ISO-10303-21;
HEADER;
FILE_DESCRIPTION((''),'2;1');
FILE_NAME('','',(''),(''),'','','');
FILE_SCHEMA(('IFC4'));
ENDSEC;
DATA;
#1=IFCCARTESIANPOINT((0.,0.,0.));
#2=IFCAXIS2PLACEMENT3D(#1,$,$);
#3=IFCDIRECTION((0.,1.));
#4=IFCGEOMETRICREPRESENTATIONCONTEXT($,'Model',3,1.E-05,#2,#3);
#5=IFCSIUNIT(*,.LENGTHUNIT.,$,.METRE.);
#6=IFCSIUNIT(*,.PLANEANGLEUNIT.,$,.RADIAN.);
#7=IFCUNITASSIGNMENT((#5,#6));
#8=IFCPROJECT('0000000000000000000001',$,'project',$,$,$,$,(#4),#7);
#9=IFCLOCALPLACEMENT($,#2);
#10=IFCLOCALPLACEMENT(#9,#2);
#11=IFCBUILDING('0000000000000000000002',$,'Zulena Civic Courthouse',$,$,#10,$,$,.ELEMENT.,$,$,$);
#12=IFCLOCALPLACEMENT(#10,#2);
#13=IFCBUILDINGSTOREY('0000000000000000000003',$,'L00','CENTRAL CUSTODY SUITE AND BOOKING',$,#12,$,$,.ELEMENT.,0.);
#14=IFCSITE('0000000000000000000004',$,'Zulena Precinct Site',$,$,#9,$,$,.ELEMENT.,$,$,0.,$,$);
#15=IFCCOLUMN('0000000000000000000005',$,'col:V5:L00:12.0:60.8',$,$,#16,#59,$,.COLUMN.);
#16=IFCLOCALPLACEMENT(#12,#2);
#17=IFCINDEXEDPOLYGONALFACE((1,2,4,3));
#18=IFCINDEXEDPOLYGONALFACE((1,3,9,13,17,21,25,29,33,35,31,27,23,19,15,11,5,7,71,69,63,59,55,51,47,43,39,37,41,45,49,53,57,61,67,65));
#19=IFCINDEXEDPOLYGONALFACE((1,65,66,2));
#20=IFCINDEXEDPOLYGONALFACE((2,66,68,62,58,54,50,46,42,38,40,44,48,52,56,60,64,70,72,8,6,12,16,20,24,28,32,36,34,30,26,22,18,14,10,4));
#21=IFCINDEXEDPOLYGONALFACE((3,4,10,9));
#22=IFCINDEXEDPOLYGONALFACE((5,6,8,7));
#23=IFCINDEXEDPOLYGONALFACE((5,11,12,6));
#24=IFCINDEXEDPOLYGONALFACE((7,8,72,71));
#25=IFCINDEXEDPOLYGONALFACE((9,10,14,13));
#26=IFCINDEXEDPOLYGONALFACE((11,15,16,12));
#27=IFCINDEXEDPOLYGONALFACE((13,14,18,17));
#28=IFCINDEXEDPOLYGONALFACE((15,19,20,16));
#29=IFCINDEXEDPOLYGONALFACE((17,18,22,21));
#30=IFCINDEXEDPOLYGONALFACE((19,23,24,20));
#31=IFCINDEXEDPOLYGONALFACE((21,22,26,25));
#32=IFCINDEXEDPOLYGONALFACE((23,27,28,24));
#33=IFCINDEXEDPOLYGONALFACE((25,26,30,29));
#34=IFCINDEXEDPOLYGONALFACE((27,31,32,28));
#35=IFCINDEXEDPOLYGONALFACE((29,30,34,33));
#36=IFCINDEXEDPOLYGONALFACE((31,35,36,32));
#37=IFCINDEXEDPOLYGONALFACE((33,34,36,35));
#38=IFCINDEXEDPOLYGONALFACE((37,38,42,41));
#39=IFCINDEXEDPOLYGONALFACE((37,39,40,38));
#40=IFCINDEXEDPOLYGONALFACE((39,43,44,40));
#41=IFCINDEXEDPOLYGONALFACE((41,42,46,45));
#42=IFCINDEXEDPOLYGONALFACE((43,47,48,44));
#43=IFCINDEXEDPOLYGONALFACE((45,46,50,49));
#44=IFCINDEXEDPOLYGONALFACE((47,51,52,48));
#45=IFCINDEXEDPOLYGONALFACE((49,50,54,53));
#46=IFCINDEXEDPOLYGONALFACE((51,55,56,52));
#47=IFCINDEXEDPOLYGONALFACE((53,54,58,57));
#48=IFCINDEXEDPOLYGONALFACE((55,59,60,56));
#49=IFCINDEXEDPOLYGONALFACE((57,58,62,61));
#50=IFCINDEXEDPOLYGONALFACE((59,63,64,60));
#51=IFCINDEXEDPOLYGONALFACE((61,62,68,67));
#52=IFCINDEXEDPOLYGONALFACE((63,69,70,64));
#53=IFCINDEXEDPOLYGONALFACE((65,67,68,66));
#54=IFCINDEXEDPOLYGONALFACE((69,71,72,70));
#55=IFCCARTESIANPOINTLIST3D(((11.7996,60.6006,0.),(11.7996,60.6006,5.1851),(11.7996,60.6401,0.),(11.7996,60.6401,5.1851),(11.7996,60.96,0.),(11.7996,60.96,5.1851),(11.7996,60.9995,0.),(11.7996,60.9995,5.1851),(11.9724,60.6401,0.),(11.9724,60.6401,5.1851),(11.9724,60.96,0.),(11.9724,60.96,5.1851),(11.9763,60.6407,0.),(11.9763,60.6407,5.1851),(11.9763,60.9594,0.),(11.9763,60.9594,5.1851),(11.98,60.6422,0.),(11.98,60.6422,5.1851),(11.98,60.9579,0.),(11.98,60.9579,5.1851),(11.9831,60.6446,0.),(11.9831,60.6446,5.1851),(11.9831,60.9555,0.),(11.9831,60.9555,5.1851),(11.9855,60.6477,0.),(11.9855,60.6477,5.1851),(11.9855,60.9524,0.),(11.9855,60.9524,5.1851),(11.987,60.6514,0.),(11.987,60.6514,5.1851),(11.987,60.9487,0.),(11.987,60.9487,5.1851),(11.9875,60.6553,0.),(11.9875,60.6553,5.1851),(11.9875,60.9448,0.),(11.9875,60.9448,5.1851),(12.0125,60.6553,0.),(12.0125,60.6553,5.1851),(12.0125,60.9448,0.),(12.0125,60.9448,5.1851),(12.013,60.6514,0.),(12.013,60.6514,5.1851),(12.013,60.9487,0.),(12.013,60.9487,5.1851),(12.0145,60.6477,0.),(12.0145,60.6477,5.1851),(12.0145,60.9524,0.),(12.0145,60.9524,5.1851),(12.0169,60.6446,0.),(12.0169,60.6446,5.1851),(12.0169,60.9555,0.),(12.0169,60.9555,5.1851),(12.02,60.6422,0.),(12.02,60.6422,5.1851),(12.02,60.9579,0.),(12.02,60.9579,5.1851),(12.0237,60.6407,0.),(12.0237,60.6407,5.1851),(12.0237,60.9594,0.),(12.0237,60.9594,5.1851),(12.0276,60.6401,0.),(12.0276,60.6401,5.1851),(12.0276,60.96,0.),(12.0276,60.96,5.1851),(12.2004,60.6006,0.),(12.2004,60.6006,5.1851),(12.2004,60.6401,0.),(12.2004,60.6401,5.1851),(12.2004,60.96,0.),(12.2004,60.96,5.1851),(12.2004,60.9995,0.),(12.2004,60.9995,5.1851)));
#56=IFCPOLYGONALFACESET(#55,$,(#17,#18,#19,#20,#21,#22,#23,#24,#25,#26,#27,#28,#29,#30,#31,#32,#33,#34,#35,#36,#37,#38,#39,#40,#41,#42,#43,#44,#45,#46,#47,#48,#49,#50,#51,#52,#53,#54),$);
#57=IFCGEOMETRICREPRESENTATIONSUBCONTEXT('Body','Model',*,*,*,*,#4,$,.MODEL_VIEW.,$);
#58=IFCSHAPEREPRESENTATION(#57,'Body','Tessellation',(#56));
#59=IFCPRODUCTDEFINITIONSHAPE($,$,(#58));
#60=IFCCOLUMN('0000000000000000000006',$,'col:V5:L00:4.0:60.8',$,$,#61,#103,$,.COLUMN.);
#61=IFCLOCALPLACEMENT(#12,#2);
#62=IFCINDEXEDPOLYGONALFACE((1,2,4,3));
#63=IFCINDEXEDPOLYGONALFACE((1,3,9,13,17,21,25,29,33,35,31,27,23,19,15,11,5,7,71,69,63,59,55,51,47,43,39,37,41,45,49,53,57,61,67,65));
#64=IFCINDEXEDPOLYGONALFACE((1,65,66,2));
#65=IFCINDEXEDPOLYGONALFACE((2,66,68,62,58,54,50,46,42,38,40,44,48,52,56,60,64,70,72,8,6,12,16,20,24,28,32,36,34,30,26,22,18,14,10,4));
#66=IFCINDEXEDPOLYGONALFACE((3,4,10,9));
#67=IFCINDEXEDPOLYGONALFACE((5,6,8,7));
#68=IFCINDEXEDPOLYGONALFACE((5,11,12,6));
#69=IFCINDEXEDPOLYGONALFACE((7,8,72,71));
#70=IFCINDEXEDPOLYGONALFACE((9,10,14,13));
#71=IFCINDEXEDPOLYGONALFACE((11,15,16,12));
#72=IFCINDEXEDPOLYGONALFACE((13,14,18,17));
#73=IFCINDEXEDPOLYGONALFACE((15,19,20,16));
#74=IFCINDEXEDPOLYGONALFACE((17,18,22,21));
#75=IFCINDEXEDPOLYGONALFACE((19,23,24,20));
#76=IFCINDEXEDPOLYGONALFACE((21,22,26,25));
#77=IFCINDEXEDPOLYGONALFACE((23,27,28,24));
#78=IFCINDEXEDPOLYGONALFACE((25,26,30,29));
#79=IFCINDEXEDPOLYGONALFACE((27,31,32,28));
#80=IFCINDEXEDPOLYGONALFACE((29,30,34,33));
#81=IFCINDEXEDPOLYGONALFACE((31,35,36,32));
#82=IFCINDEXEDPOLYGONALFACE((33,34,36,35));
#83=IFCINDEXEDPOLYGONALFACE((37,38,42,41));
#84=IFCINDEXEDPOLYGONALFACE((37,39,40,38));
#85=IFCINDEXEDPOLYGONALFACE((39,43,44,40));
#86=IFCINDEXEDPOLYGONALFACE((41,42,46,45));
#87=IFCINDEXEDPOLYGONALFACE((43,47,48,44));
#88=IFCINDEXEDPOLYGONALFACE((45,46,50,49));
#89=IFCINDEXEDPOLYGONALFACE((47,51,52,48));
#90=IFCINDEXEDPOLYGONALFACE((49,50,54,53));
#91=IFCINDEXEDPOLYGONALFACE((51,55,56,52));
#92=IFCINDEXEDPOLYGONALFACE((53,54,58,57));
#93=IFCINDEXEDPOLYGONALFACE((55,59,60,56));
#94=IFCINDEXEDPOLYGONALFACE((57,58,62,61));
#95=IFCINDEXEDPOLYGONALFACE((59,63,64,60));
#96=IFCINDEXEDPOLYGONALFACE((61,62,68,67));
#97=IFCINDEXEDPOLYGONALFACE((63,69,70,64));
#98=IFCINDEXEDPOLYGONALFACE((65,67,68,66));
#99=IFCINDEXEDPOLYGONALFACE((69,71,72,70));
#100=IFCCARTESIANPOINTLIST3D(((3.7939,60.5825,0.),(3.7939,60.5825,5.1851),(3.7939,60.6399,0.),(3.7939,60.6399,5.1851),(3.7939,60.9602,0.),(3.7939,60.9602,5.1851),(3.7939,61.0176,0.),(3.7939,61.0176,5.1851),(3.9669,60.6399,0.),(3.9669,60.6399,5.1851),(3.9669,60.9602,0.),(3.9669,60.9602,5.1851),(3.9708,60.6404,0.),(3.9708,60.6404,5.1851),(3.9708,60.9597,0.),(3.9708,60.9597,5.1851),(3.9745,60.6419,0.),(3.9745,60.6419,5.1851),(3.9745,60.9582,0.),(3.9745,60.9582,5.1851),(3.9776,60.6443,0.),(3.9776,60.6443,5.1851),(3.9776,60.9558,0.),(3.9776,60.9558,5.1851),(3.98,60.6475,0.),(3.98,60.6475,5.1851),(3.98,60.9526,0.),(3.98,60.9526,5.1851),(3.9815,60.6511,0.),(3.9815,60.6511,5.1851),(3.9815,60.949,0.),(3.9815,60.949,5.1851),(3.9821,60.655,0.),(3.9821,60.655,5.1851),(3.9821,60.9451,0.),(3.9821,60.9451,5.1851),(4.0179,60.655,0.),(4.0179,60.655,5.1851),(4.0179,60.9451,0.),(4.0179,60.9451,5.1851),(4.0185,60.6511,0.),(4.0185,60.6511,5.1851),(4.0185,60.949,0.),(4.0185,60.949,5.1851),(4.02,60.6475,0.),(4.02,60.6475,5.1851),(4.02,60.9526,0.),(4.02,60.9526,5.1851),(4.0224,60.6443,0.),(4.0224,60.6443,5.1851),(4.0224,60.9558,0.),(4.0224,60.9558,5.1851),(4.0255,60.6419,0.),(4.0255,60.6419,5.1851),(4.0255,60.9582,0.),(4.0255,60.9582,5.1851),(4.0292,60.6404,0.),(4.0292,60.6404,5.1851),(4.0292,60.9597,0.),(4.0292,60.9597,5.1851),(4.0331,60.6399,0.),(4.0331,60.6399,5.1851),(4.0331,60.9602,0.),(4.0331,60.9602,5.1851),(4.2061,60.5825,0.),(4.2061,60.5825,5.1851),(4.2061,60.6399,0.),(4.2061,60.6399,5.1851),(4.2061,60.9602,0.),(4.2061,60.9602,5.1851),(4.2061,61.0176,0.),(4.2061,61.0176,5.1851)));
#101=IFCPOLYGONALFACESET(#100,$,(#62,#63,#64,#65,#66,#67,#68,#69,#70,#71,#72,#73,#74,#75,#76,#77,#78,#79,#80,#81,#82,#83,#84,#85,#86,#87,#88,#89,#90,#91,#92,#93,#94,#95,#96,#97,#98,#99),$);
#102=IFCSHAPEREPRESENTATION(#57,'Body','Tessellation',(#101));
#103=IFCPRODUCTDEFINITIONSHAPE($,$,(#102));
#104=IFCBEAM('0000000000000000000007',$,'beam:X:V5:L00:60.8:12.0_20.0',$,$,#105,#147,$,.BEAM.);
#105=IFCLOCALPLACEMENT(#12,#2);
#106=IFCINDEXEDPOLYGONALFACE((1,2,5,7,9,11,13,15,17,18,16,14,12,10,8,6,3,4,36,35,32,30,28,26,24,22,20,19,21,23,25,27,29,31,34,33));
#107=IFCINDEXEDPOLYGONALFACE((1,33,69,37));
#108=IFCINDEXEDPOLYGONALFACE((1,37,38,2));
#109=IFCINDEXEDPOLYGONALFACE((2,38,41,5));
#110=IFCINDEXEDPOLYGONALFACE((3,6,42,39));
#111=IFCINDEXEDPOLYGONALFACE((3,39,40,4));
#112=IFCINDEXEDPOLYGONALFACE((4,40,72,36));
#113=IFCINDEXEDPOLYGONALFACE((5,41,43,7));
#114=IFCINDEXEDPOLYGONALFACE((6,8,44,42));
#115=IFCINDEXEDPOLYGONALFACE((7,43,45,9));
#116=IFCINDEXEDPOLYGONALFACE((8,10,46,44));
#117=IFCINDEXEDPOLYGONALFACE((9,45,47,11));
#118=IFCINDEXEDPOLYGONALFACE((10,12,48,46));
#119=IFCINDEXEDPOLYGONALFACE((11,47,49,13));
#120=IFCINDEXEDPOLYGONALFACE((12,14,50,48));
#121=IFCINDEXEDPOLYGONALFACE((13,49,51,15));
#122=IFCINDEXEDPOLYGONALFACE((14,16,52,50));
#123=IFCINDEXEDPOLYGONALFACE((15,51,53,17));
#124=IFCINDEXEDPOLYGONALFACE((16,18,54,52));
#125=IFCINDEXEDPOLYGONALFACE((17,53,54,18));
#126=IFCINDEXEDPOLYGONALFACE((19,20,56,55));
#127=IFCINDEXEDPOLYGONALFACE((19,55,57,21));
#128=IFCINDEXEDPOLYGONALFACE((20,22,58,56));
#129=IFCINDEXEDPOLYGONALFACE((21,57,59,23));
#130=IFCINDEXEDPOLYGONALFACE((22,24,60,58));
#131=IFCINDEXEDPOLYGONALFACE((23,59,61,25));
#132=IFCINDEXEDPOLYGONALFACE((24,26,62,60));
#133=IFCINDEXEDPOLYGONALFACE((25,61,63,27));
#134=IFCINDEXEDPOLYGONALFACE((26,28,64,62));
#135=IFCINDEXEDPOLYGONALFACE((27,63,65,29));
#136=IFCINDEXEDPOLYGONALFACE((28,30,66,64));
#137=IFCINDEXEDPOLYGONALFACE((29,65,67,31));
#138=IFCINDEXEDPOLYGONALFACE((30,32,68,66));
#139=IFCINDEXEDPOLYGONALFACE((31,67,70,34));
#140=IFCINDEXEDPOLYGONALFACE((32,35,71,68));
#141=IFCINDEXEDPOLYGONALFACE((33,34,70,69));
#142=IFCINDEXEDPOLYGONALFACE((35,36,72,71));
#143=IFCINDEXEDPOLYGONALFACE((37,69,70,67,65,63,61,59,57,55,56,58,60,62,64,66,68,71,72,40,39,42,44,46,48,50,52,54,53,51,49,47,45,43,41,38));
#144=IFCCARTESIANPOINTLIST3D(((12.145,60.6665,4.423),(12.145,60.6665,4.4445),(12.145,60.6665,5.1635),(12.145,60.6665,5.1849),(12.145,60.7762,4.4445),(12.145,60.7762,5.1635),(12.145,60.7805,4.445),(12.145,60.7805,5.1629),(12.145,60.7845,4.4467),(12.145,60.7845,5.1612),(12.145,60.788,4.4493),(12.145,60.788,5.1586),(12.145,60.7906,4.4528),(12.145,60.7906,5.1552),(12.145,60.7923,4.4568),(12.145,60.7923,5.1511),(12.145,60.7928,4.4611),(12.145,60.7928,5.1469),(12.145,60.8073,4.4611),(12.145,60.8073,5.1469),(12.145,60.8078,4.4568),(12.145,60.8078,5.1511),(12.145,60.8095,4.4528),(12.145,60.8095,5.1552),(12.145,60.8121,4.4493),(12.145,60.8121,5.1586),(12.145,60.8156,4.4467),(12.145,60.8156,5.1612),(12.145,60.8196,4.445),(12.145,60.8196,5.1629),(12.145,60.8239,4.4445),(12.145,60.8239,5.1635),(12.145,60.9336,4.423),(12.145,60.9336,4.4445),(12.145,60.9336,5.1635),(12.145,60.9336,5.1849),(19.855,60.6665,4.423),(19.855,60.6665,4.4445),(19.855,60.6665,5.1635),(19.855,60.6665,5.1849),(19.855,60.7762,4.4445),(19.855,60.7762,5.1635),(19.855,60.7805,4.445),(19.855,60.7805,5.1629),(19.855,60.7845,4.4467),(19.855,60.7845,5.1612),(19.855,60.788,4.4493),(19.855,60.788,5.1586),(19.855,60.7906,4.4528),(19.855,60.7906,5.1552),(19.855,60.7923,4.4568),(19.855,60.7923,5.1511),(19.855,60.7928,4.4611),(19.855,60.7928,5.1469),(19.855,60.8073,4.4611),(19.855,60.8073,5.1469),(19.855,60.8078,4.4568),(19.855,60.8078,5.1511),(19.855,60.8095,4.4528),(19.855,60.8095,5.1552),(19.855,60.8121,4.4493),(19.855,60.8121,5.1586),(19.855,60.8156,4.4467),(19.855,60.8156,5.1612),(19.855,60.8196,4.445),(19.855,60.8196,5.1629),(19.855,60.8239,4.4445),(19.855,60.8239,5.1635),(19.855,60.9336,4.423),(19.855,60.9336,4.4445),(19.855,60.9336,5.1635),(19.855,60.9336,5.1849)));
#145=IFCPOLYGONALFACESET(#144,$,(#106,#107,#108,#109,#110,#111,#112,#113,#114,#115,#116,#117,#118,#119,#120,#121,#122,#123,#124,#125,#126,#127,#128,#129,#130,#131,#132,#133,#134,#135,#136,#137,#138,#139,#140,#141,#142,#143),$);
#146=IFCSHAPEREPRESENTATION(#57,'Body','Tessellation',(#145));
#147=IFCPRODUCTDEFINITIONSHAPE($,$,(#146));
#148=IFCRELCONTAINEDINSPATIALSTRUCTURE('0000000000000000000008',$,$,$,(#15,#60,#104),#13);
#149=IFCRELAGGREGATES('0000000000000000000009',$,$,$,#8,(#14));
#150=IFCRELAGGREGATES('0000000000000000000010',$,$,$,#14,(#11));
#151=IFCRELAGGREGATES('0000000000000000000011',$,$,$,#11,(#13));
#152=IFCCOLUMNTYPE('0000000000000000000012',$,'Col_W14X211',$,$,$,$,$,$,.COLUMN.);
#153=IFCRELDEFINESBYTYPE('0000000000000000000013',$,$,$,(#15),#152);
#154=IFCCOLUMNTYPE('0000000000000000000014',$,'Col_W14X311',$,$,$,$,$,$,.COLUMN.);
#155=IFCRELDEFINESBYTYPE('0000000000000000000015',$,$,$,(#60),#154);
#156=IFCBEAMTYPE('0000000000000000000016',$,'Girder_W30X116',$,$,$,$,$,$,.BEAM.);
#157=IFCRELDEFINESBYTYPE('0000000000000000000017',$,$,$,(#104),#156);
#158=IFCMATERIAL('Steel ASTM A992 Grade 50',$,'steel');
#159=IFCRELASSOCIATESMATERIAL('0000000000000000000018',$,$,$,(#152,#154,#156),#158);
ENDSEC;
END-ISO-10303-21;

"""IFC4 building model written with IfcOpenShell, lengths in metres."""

from ifc_helpers import new_model, si_unit, direction, frame, origin, origin_2d, place, context, subcontext, project, spatial, i_section, extrude, material, material_profile, profile_set, type_object, element, save


model = new_model("IFC4")

# Units and contexts
model_context = context("Model", 3, precision=1e-05, world=origin(), true_north=direction((0.0, 1.0)))
body_context = subcontext(model_context, "Body", "Model", "MODEL_VIEW")
ifc_project = project(units=[si_unit("LENGTHUNIT", "METRE"), si_unit("PLANEANGLEUNIT", "RADIAN")], contexts=[model_context])

# Site, building, storey
site_placement = place(None, origin())
site = spatial("IfcSite", under=ifc_project, at=site_placement, Name="Zulena Precinct Site", CompositionType="ELEMENT", RefElevation=0.0)
building_placement = place(site_placement, origin())
building = spatial("IfcBuilding", under=site, at=building_placement, Name="Zulena Civic Courthouse", CompositionType="ELEMENT")
storey_placement = place(building_placement, origin())
storey = spatial("IfcBuildingStorey", under=building, at=storey_placement, Name="L00", Description="CENTRAL CUSTODY SUITE AND BOOKING", CompositionType="ELEMENT", Elevation=0.0)

# Columns
ifc_material_1 = material(Name="Steel ASTM A992 Grade 50", Category="steel")
ifc_material_profile_1 = material_profile(ifc_material_1, i_section(OverallWidth=0.4009, OverallDepth=0.3989, WebThickness=0.0249, FlangeThickness=0.0396, FilletRadius=0.0151, at=origin_2d()), Name="W14X211")
ifc_profile_set_1 = profile_set([ifc_material_profile_1], Name="Steel ASTM A992 Grade 50")
column_type_1 = type_object("IfcColumnType", Name="Col_W14X211", PredefinedType="COLUMN", material=ifc_profile_set_1)
column_1_placement = place(storey_placement, frame((12.0, 60.8, 0.0), z_axis=(0.0, 0.0, 1.0), x_axis=(1.0, 0.0, 0.0)))
element("IfcColumn", 1, at=column_1_placement, inside=storey, type_object=column_type_1, Name="col:V5:L00:12.0:60.8", PredefinedType="COLUMN", context=body_context, shape_type="SweptSolid", body=[
    extrude(i_section(OverallWidth=0.4009, OverallDepth=0.3989, WebThickness=0.0249, FlangeThickness=0.0396, FilletRadius=0.0151, at=origin_2d()), origin(), (0.0, 0.0, 1.0), 5.1851),
])
ifc_material_profile_2 = material_profile(ifc_material_1, i_section(OverallWidth=0.4121, OverallDepth=0.4351, WebThickness=0.0359, FlangeThickness=0.0574, FilletRadius=0.0151, at=origin_2d()), Name="W14X311")
ifc_profile_set_2 = profile_set([ifc_material_profile_2], Name="Steel ASTM A992 Grade 50")
column_type_2 = type_object("IfcColumnType", Name="Col_W14X311", PredefinedType="COLUMN", material=ifc_profile_set_2)
column_2_placement = place(storey_placement, frame((4.0, 60.8, 0.0), z_axis=(0.0, 0.0, 1.0), x_axis=(1.0, 0.0, 0.0)))
element("IfcColumn", 2, at=column_2_placement, inside=storey, type_object=column_type_2, Name="col:V5:L00:4.0:60.8", PredefinedType="COLUMN", context=body_context, shape_type="SweptSolid", body=[
    extrude(i_section(OverallWidth=0.4121, OverallDepth=0.4351, WebThickness=0.0359, FlangeThickness=0.0574, FilletRadius=0.0151, at=origin_2d()), origin(), (0.0, 0.0, 1.0), 5.1851),
])

# Beam
ifc_material_profile_3 = material_profile(ifc_material_1, i_section(OverallWidth=0.2671, OverallDepth=0.762, WebThickness=0.0144, FlangeThickness=0.0215, FilletRadius=0.0166, at=origin_2d()), Name="W30X116")
ifc_profile_set_3 = profile_set([ifc_material_profile_3], Name="Steel ASTM A992 Grade 50")
beam_type_1 = type_object("IfcBeamType", Name="Girder_W30X116", PredefinedType="BEAM", material=ifc_profile_set_3)
beam_1_placement = place(storey_placement, frame((12.145, 60.8, 4.804), z_axis=(1.0, 0.0, 0.0), x_axis=(0.0, 1.0, 0.0)))
element("IfcBeam", 3, at=beam_1_placement, inside=storey, type_object=beam_type_1, Name="beam:X:V5:L00:60.8:12.0_20.0", PredefinedType="BEAM", context=body_context, shape_type="SweptSolid", body=[
    extrude(i_section(OverallWidth=0.2671, OverallDepth=0.762, WebThickness=0.0144, FlangeThickness=0.0215, FilletRadius=0.0166, at=origin_2d()), origin(), (0.0, 0.0, 1.0), 7.71),
])

save(model, "model.ifc")
